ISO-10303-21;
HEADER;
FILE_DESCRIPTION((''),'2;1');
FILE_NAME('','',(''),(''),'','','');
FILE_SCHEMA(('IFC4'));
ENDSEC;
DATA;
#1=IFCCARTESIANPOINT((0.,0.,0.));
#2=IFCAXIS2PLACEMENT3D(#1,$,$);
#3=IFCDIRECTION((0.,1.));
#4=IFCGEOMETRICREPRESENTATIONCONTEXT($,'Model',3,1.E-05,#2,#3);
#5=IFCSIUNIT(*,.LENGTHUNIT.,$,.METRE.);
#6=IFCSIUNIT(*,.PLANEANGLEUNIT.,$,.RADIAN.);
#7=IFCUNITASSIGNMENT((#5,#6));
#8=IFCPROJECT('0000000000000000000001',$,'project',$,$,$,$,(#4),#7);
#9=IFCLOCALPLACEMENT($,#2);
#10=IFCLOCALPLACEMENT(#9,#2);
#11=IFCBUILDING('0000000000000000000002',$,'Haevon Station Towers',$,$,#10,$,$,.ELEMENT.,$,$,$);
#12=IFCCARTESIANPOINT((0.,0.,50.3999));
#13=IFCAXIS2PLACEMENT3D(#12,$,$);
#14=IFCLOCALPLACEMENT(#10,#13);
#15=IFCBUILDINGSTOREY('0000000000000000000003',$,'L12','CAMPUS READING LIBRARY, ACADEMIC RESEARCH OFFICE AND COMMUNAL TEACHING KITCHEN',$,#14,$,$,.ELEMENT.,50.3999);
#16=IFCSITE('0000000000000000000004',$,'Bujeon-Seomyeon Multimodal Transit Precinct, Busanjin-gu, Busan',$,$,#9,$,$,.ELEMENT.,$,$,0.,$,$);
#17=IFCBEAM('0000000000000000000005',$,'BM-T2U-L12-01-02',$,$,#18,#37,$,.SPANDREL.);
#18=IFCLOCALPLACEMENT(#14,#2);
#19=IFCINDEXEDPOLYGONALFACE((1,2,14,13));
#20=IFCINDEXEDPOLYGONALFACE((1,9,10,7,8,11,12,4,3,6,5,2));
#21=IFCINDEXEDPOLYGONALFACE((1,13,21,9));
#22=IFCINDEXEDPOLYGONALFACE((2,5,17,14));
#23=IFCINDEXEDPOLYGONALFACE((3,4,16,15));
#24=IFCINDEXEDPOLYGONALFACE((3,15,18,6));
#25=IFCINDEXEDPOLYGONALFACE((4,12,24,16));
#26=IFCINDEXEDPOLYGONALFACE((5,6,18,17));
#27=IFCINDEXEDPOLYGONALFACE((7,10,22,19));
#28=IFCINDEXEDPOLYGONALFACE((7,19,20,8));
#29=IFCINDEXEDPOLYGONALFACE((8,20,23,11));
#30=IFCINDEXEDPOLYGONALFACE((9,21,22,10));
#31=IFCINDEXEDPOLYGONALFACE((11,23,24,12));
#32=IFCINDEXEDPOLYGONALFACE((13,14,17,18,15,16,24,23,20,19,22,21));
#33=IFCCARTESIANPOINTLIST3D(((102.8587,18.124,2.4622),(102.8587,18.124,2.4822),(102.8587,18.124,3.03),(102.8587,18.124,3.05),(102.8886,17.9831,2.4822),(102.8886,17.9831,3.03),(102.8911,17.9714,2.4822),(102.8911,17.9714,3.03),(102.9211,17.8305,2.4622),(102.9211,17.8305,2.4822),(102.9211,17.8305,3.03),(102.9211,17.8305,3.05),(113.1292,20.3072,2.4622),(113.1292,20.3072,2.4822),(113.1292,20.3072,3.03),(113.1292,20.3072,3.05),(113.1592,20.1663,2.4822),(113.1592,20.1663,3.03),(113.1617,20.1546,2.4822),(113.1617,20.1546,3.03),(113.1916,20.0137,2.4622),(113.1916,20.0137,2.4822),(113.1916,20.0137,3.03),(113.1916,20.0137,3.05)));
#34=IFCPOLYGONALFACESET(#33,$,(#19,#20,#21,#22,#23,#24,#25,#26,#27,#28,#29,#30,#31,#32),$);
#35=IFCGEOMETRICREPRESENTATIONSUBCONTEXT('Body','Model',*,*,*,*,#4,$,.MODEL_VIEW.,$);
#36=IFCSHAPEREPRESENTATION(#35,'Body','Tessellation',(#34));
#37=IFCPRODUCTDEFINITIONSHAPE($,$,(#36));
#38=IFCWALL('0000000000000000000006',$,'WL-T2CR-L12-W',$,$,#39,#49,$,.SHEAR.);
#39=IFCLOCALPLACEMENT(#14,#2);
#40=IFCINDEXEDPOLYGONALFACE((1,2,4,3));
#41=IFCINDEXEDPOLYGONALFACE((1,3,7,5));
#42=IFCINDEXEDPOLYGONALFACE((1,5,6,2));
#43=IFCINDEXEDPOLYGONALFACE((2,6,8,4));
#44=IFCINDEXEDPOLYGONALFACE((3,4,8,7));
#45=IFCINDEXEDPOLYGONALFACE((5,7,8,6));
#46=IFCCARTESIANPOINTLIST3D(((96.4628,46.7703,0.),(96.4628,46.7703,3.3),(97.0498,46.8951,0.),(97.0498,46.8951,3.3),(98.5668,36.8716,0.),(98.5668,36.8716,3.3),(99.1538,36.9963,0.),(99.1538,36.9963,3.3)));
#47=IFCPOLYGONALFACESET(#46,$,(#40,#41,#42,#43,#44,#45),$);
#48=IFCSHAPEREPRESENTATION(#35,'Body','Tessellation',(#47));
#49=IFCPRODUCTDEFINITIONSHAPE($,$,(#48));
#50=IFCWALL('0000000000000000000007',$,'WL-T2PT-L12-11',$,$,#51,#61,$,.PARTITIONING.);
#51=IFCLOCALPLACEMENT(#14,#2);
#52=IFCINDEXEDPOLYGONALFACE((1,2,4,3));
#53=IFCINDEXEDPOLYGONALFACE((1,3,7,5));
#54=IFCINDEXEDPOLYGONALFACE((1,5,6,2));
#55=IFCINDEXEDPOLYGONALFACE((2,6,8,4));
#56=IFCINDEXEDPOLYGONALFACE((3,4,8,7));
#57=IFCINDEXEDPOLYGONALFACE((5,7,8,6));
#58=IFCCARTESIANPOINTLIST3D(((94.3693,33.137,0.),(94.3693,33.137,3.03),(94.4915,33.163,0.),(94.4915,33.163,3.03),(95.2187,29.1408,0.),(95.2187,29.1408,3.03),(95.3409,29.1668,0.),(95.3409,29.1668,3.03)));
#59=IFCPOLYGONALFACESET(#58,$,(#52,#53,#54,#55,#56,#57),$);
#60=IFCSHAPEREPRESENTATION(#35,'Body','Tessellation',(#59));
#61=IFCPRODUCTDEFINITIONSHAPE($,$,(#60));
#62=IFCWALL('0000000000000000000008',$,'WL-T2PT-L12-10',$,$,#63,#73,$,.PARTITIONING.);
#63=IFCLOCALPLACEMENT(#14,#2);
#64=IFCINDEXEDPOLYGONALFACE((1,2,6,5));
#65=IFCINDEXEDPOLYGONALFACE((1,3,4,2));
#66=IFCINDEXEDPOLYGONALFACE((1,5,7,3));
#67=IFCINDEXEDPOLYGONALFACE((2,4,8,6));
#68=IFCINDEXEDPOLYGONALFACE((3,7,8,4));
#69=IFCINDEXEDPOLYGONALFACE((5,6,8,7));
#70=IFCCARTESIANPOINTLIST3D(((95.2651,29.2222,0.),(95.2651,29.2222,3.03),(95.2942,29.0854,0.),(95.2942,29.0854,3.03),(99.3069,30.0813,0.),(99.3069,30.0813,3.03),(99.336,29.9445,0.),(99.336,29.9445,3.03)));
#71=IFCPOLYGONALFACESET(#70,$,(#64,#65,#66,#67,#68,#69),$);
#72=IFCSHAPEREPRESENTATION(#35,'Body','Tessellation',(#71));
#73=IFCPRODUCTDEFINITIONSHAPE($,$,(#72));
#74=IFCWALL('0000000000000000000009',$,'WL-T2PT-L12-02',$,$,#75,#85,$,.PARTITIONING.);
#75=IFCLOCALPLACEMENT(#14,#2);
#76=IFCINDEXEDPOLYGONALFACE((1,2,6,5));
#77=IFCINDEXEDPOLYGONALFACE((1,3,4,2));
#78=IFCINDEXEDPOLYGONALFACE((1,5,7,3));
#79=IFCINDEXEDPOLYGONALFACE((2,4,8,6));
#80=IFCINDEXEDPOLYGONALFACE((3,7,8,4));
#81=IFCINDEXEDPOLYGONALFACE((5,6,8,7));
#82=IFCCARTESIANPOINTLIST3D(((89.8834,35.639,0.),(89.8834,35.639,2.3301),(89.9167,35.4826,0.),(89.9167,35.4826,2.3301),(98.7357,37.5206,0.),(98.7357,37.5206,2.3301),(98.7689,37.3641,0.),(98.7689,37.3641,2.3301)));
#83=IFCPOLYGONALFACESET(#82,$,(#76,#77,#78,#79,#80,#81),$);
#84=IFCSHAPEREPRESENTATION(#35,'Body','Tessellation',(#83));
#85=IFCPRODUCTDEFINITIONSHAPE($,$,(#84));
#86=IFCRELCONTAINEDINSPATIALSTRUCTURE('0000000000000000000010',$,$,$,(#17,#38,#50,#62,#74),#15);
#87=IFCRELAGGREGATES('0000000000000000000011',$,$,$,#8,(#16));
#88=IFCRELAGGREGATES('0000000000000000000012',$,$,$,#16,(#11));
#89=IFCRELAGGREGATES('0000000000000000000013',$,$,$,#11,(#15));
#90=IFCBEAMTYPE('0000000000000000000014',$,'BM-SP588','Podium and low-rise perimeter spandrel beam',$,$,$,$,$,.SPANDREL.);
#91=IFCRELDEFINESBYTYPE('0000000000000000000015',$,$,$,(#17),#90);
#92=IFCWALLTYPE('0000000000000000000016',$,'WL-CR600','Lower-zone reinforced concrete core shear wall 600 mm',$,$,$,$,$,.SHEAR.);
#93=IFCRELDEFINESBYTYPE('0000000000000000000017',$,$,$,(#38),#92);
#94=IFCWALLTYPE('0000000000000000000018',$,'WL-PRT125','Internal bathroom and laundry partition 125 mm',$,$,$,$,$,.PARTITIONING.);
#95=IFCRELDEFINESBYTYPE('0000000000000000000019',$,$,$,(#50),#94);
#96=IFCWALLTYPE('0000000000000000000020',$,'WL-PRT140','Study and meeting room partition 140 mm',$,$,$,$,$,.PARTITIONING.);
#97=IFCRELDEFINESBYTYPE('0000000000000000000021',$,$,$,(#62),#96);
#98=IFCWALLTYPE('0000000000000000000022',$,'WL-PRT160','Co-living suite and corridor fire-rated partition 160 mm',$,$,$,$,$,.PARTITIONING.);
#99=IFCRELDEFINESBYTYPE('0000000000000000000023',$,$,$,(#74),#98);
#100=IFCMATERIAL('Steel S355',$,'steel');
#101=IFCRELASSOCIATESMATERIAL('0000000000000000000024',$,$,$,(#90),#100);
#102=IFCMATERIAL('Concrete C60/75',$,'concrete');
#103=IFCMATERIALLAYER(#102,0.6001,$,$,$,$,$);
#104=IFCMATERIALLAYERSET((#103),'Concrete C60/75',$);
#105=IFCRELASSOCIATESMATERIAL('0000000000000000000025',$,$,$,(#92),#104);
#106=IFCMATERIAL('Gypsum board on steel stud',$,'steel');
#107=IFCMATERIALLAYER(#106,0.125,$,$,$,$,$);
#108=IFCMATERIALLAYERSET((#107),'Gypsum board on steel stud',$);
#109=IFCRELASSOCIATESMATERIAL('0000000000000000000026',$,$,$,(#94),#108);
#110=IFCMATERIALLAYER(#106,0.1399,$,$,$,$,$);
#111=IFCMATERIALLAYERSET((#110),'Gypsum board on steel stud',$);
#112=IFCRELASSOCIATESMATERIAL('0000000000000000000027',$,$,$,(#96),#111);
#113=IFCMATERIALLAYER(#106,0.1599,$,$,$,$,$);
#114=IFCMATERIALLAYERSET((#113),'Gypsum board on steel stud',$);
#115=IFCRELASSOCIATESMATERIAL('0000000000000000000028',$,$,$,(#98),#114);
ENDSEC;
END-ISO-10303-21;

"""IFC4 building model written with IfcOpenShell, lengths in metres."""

from ifc_helpers import new_model, si_unit, direction, frame, frame_2d, origin, origin_2d, place, context, subcontext, project, spatial, rectangle, i_section, extrude, material, layer, layer_set, material_profile, profile_set, type_object, element, save


model = new_model("IFC4")

# Units and contexts
model_context = context("Model", 3, precision=1e-05, world=origin(), true_north=direction((0.0, 1.0)))
body_context = subcontext(model_context, "Body", "Model", "MODEL_VIEW")
ifc_project = project(units=[si_unit("LENGTHUNIT", "METRE"), si_unit("PLANEANGLEUNIT", "RADIAN")], contexts=[model_context])

# Site, building, storey
site_placement = place(None, origin())
site = spatial("IfcSite", under=ifc_project, at=site_placement, Name="Bujeon-Seomyeon Multimodal Transit Precinct, Busanjin-gu, Busan", CompositionType="ELEMENT", RefElevation=0.0)
building_placement = place(site_placement, origin())
building = spatial("IfcBuilding", under=site, at=building_placement, Name="Haevon Station Towers", CompositionType="ELEMENT")
storey_placement = place(building_placement, frame((0.0, 0.0, 50.3999)))
storey = spatial("IfcBuildingStorey", under=building, at=storey_placement, Name="L12", Description="CAMPUS READING LIBRARY, ACADEMIC RESEARCH OFFICE AND COMMUNAL TEACHING KITCHEN", CompositionType="ELEMENT", Elevation=50.3999)

# Beam
ifc_material_1 = material(Name="Steel S355", Category="steel")
ifc_material_profile_1 = material_profile(ifc_material_1, i_section(OverallWidth=0.3, OverallDepth=0.5879, WebThickness=0.012, FlangeThickness=0.02, at=origin_2d()), Name="H-588x300x12x20")
ifc_profile_set_1 = profile_set([ifc_material_profile_1], Name="Steel S355")
beam_type_1 = type_object("IfcBeamType", Name="BM-SP588", Description="Podium and low-rise perimeter spandrel beam", PredefinedType="SPANDREL", material=ifc_profile_set_1)
beam_1_placement = place(storey_placement, frame((102.8899, 17.9773, 2.7561), z_axis=(0.978147, 0.207915, 0.0), x_axis=(-0.207915, 0.978147, 0.0)))
element("IfcBeam", 1, at=beam_1_placement, inside=storey, type_object=beam_type_1, Name="BM-T2U-L12-01-02", PredefinedType="SPANDREL", context=body_context, shape_type="SweptSolid", body=[
    extrude(i_section(OverallWidth=0.3, OverallDepth=0.5879, WebThickness=0.012, FlangeThickness=0.02, at=origin_2d()), origin(), (0.0, 0.0, 1.0), 10.5),
])

# Walls
ifc_material_2 = material(Name="Concrete C60/75", Category="concrete")
ifc_layer_1 = layer(ifc_material_2, 0.6001)
ifc_layer_set_1 = layer_set([ifc_layer_1], Name="Concrete C60/75")
wall_type_1 = type_object("IfcWallType", Name="WL-CR600", Description="Lower-zone reinforced concrete core shear wall 600 mm", PredefinedType="SHEAR", material=ifc_layer_set_1)
wall_1_placement = place(storey_placement, frame((98.8604, 36.9338, 0.0), z_axis=(0.0, 0.0, 1.0), x_axis=(-0.207909, 0.978148, 0.0)))
element("IfcWall", 2, at=wall_1_placement, inside=storey, type_object=wall_type_1, Name="WL-T2CR-L12-W", PredefinedType="SHEAR", context=body_context, shape_type="SweptSolid", body=[
    extrude(rectangle(XDim=10.1199, YDim=0.6001, at=frame_2d((5.0601, 0.0))), origin(), (0.0, 0.0, 1.0), 3.3),
])
ifc_material_3 = material(Name="Gypsum board on steel stud", Category="steel")
ifc_layer_2 = layer(ifc_material_3, 0.125)
ifc_layer_set_2 = layer_set([ifc_layer_2], Name="Gypsum board on steel stud")
wall_type_2 = type_object("IfcWallType", Name="WL-PRT125", Description="Internal bathroom and laundry partition 125 mm", PredefinedType="PARTITIONING", material=ifc_layer_set_2)
wall_2_placement = place(storey_placement, frame((95.2798, 29.1538, 0.0), z_axis=(0.0, 0.0, 1.0), x_axis=(-0.207904, 0.978149, 0.0)))
element("IfcWall", 3, at=wall_2_placement, inside=storey, type_object=wall_type_2, Name="WL-T2PT-L12-11", PredefinedType="PARTITIONING", context=body_context, shape_type="SweptSolid", body=[
    extrude(rectangle(XDim=4.0854, YDim=0.125, at=frame_2d((2.0427, 0.0))), origin(), (0.0, 0.0, 1.0), 3.03),
])
ifc_layer_3 = layer(ifc_material_3, 0.1399)
ifc_layer_set_3 = layer_set([ifc_layer_3], Name="Gypsum board on steel stud")
wall_type_3 = type_object("IfcWallType", Name="WL-PRT140", Description="Study and meeting room partition 140 mm", PredefinedType="PARTITIONING", material=ifc_layer_set_3)
wall_3_placement = place(storey_placement, frame((95.2798, 29.1538, 0.0), z_axis=(0.0, 0.0, 1.0), x_axis=(0.978146, 0.207919, 0.0)))
element("IfcWall", 4, at=wall_3_placement, inside=storey, type_object=wall_type_3, Name="WL-T2PT-L12-10", PredefinedType="PARTITIONING", context=body_context, shape_type="SweptSolid", body=[
    extrude(rectangle(XDim=4.1321, YDim=0.1399, at=frame_2d((2.0659, 0.0))), origin(), (0.0, 0.0, 1.0), 3.03),
])
ifc_layer_4 = layer(ifc_material_3, 0.1599)
ifc_layer_set_4 = layer_set([ifc_layer_4], Name="Gypsum board on steel stud")
wall_type_4 = type_object("IfcWallType", Name="WL-PRT160", Description="Co-living suite and corridor fire-rated partition 160 mm", PredefinedType="PARTITIONING", material=ifc_layer_set_4)
wall_4_placement = place(storey_placement, frame((89.9001, 35.5608, 0.0), z_axis=(0.0, 0.0, 1.0), x_axis=(0.978148, 0.207909, 0.0)))
element("IfcWall", 5, at=wall_4_placement, inside=storey, type_object=wall_type_4, Name="WL-T2PT-L12-02", PredefinedType="PARTITIONING", context=body_context, shape_type="SweptSolid", body=[
    extrude(rectangle(XDim=9.05, YDim=0.1599, at=frame_2d((4.5249, 0.0))), origin(), (0.0, 0.0, 1.0), 2.3301),
])

save(model, "model.ifc")
